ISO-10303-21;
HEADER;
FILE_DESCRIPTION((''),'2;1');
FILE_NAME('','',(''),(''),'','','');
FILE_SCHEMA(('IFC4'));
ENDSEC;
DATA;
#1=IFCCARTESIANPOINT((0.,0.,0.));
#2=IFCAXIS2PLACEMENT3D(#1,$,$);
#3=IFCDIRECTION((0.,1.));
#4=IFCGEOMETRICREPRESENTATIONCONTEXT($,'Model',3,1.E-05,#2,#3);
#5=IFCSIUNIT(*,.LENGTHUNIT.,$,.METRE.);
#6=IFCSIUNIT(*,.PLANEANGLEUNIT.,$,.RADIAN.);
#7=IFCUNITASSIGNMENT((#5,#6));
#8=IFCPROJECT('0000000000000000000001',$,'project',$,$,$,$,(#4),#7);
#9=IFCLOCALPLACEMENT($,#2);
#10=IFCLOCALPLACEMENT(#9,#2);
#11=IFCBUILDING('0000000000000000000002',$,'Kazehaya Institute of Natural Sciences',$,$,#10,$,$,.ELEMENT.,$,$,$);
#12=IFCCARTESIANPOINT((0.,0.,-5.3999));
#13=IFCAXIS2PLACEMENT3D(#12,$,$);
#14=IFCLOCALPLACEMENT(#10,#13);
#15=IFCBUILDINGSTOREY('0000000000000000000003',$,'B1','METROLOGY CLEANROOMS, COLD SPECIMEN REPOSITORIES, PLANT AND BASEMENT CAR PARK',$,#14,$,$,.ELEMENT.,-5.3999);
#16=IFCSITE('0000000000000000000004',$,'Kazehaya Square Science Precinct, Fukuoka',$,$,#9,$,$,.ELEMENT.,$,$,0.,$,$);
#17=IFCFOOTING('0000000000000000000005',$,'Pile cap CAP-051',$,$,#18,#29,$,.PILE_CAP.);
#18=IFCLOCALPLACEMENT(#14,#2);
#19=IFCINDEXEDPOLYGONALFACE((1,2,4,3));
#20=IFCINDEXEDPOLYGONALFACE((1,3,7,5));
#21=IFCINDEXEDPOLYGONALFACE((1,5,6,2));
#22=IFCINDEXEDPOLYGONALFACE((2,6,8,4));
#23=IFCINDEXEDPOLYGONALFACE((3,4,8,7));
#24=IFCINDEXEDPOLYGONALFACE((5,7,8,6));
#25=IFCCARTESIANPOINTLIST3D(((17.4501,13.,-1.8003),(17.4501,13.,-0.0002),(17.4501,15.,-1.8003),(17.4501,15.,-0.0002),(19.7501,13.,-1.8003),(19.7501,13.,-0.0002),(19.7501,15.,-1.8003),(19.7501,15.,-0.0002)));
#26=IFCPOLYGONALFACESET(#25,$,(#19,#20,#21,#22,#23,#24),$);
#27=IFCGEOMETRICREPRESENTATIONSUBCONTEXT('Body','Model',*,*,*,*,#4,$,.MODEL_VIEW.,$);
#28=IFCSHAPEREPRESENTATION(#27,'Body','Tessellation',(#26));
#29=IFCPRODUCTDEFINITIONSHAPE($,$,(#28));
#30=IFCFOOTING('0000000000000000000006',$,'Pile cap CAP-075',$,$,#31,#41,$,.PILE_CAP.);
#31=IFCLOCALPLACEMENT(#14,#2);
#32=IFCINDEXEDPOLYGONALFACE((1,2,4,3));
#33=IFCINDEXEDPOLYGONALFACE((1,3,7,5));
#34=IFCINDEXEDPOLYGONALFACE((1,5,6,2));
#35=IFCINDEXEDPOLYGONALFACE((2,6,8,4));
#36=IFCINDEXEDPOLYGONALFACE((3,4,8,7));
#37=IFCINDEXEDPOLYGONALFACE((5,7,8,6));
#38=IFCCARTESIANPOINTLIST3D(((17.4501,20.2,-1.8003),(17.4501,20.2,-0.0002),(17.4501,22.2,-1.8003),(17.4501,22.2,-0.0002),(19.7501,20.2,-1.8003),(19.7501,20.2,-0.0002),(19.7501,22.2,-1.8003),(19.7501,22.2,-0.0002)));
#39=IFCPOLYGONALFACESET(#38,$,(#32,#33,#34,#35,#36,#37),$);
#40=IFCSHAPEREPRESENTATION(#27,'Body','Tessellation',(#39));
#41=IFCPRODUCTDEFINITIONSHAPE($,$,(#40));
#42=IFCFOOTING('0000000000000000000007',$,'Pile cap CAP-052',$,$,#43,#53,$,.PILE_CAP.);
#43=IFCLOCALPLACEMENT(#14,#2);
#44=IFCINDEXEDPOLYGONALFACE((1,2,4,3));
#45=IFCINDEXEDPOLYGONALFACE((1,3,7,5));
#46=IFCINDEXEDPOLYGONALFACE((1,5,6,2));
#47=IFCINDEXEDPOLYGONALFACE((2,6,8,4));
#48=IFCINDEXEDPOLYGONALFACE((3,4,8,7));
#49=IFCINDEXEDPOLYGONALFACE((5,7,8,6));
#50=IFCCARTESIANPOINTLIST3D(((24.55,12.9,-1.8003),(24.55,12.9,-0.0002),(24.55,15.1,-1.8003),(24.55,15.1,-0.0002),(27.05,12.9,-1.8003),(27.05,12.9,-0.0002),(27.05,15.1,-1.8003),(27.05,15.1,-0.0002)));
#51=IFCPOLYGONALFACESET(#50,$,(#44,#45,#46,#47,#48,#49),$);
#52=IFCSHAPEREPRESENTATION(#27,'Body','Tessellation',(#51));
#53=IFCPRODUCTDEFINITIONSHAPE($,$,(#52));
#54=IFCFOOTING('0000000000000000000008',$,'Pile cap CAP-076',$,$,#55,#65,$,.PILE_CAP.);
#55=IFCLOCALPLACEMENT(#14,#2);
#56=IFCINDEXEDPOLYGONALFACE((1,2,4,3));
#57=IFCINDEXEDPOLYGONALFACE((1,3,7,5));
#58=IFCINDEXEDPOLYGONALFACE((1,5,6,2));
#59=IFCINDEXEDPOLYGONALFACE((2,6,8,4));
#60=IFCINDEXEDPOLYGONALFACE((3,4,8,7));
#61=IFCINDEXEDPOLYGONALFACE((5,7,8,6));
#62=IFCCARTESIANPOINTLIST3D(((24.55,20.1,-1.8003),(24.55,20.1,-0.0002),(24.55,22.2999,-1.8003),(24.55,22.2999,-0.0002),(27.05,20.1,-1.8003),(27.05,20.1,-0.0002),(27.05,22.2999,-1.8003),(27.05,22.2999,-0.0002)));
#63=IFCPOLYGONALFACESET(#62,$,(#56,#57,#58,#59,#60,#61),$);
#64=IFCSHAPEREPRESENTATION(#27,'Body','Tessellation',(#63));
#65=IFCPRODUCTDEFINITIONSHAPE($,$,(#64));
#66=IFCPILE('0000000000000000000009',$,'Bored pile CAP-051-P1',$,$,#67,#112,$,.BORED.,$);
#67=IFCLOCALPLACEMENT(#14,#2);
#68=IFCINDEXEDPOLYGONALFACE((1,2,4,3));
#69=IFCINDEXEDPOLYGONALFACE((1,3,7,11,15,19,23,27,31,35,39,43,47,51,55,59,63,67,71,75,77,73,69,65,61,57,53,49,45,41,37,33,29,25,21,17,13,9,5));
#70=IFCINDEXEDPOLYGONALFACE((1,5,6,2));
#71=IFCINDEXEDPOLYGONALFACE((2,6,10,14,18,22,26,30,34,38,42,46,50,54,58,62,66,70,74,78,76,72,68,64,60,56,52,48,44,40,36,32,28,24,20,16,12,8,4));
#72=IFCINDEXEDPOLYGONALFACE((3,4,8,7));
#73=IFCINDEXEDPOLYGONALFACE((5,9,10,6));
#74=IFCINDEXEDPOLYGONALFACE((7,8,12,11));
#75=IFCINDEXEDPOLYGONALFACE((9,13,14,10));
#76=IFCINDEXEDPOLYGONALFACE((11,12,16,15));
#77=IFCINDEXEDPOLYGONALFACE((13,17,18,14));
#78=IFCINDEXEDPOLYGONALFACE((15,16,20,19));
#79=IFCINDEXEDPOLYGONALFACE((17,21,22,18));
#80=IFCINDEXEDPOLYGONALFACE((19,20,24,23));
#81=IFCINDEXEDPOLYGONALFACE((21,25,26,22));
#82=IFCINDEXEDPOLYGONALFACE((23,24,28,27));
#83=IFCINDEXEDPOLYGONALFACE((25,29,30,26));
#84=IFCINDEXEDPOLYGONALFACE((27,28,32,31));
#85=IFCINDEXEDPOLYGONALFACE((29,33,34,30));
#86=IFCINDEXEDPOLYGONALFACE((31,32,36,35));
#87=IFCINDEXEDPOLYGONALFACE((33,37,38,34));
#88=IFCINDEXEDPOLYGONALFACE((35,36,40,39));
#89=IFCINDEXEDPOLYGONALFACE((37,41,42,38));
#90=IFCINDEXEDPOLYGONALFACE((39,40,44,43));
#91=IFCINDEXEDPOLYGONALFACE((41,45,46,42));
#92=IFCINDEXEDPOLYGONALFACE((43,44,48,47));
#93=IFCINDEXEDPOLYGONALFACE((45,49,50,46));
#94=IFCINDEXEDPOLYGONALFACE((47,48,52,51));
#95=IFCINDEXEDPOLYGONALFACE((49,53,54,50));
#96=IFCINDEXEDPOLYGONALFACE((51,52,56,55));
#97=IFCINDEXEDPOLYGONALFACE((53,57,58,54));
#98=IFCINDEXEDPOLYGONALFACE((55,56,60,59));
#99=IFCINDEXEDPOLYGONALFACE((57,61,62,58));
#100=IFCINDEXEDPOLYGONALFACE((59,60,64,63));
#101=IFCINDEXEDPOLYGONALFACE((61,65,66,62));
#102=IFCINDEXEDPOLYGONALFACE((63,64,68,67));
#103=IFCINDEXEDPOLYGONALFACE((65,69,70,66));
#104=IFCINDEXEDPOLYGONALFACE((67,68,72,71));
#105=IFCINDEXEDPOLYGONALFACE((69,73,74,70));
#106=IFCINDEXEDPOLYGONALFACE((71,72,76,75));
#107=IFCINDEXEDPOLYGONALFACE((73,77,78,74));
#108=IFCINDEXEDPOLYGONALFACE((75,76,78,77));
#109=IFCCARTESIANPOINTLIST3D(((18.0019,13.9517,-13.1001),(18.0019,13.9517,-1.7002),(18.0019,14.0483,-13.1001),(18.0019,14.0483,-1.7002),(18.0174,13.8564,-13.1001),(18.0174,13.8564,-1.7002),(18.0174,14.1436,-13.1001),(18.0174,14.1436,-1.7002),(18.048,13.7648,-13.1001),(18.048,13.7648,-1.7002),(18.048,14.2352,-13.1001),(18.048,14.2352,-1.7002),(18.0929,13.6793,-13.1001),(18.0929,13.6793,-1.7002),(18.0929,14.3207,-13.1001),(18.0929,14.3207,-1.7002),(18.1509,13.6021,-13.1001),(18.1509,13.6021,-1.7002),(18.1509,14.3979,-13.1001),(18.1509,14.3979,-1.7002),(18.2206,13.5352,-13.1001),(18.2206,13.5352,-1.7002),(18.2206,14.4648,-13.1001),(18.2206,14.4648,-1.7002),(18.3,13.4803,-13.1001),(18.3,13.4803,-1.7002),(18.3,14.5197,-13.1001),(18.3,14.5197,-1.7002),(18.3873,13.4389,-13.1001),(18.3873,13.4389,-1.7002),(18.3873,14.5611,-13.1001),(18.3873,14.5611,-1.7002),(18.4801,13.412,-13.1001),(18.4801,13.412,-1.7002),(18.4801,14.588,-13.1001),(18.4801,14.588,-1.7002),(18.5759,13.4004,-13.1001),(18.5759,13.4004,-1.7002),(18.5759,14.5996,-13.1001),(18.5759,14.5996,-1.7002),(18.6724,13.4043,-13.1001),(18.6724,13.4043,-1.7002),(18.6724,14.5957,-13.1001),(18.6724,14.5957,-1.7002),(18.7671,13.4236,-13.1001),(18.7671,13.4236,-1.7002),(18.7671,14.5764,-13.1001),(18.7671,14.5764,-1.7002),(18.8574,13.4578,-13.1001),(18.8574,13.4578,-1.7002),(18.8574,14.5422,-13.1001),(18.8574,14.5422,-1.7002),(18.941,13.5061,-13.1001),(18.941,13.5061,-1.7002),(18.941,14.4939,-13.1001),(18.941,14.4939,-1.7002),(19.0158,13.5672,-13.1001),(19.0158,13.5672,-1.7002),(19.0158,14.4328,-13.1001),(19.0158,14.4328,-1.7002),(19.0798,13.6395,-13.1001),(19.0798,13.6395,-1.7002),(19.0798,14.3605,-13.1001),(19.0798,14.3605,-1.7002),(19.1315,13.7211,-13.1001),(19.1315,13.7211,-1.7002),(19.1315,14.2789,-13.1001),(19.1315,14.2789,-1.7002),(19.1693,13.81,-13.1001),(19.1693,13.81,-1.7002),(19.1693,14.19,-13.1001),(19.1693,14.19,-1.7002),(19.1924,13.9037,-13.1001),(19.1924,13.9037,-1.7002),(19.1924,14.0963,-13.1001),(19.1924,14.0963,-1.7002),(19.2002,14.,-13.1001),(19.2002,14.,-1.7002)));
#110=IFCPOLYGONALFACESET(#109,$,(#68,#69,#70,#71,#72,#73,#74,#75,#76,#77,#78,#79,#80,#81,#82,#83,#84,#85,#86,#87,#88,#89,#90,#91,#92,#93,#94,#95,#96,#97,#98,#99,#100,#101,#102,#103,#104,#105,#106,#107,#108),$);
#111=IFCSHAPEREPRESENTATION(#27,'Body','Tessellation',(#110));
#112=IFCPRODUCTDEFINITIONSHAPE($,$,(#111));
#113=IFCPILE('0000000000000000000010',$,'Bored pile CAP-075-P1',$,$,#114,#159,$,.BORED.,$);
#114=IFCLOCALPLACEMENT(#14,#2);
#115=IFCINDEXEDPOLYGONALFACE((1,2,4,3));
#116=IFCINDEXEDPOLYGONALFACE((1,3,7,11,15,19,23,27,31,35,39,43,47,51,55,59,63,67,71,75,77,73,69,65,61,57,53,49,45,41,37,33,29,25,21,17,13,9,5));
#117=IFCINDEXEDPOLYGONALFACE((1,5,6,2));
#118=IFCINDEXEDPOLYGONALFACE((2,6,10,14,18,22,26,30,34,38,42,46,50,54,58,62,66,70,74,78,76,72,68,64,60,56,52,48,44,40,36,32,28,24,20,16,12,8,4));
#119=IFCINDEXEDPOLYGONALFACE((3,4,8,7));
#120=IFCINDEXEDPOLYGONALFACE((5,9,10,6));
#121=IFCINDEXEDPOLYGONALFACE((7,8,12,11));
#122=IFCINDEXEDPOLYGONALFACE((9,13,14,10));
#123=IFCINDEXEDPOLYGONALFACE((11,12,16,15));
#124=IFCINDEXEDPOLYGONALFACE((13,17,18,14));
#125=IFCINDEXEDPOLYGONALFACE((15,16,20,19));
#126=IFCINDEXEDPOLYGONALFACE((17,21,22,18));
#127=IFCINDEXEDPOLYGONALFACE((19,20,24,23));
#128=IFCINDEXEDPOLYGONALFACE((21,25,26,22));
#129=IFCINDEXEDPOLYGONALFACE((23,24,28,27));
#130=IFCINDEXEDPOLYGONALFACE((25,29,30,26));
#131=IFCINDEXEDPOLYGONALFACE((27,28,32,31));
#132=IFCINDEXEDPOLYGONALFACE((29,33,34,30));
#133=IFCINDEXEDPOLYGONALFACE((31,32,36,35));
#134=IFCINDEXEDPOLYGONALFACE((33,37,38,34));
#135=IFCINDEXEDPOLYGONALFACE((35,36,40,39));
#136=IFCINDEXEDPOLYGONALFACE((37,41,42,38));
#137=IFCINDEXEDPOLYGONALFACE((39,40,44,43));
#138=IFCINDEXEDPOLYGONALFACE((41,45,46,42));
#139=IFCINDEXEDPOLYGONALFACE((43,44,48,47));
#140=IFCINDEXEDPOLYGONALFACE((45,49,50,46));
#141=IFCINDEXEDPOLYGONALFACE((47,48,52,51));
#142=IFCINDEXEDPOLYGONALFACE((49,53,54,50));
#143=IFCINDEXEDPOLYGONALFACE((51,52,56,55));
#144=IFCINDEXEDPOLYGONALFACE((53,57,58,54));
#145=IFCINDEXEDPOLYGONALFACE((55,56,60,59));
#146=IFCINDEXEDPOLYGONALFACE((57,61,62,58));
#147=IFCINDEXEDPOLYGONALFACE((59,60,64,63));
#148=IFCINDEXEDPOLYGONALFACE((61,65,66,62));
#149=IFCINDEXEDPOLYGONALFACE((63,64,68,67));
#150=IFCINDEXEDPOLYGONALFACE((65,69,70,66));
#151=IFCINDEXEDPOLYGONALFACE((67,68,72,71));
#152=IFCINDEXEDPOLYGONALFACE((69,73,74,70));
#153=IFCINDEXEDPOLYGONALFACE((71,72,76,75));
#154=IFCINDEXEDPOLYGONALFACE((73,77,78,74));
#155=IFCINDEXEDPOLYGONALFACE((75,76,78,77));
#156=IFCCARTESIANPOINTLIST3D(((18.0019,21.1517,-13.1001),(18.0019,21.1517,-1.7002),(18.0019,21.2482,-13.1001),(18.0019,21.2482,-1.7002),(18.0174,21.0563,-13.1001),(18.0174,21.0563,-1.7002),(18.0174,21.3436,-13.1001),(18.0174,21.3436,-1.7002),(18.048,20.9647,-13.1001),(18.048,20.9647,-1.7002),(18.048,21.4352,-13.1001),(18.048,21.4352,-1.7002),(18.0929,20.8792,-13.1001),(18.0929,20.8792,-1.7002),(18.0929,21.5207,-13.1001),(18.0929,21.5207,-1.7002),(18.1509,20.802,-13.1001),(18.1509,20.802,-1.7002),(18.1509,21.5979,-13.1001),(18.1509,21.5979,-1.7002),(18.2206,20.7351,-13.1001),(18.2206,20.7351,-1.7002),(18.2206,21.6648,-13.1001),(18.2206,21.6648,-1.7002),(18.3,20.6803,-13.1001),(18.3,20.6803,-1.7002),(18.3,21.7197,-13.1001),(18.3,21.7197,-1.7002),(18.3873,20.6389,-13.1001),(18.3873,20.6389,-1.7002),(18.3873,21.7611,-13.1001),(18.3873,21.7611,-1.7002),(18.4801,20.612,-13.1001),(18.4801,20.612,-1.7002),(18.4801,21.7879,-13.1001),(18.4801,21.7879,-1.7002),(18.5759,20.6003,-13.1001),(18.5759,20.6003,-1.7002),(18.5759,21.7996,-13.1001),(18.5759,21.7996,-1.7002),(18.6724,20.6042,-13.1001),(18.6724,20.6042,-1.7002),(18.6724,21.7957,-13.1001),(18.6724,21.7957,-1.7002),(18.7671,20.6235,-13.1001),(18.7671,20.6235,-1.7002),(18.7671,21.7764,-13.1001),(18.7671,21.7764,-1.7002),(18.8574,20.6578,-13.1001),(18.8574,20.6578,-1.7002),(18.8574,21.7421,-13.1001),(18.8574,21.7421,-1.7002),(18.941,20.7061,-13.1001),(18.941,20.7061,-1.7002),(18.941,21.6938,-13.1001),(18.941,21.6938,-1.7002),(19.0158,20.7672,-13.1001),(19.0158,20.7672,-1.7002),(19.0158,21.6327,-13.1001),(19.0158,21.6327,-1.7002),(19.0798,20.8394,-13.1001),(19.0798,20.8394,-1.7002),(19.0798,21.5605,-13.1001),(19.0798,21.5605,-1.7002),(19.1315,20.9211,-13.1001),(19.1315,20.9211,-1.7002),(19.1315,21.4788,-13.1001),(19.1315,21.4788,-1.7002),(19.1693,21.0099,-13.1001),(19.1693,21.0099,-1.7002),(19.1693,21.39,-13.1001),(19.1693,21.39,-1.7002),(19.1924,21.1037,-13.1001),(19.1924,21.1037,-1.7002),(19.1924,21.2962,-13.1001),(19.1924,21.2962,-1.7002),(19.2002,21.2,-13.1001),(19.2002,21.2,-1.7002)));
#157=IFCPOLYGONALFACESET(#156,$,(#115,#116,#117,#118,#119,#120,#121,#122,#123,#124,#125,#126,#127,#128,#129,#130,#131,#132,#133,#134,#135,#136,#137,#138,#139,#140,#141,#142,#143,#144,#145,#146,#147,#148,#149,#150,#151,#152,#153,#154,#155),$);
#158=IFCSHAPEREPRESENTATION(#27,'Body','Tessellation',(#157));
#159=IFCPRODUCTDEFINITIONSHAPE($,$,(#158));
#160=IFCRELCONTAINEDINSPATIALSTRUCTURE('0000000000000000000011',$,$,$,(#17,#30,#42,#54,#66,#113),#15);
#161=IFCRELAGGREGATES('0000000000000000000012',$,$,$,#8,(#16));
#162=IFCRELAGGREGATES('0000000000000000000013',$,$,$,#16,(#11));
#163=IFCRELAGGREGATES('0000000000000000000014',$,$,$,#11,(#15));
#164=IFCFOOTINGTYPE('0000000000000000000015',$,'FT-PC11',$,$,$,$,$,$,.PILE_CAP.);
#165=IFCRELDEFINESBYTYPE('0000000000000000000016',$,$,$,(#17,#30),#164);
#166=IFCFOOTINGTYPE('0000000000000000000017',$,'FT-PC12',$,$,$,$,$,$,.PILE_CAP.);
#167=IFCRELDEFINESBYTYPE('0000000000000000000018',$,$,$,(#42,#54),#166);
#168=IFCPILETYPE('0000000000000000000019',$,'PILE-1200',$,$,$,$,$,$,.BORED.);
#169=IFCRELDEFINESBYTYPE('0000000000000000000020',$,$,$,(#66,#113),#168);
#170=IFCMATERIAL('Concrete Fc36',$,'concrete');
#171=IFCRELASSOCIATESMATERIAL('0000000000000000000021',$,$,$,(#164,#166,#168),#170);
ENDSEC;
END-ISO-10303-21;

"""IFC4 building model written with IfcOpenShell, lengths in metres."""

from ifc_helpers import new_model, si_unit, direction, frame, origin, origin_2d, place, context, subcontext, project, spatial, rectangle, circle, extrude, material, material_profile, profile_set, type_object, element, save


model = new_model("IFC4")

# Units and contexts
model_context = context("Model", 3, precision=1e-05, world=origin(), true_north=direction((0.0, 1.0)))
body_context = subcontext(model_context, "Body", "Model", "MODEL_VIEW")
ifc_project = project(units=[si_unit("LENGTHUNIT", "METRE"), si_unit("PLANEANGLEUNIT", "RADIAN")], contexts=[model_context])

# Site, building, storey
site_placement = place(None, origin())
site = spatial("IfcSite", under=ifc_project, at=site_placement, Name="Kazehaya Square Science Precinct, Fukuoka", CompositionType="ELEMENT", RefElevation=0.0)
building_placement = place(site_placement, origin())
building = spatial("IfcBuilding", under=site, at=building_placement, Name="Kazehaya Institute of Natural Sciences", CompositionType="ELEMENT")
storey_placement = place(building_placement, frame((0.0, 0.0, -5.3999)))
storey = spatial("IfcBuildingStorey", under=building, at=storey_placement, Name="B1", Description="METROLOGY CLEANROOMS, COLD SPECIMEN REPOSITORIES, PLANT AND BASEMENT CAR PARK", CompositionType="ELEMENT", Elevation=-5.3999)

# Footings
ifc_material_1 = material(Name="Concrete Fc36", Category="concrete")
footing_type_1 = type_object("IfcFootingType", Name="FT-PC11", PredefinedType="PILE_CAP", material=ifc_material_1)
for number, where, z_axis, x_axis, name in (
    (1, (18.6001, 14.0, -1.8003), (0.0, 0.0, 1.0), (1.0, 0.0, 0.0), "Pile cap CAP-051"),
    (2, (18.6001, 21.2, -1.8003), (0.0, 0.0, 1.0), (1.0, 0.0, 0.0), "Pile cap CAP-075"),
):
    element("IfcFooting", number, at=place(storey_placement, frame(where, z_axis=z_axis, x_axis=x_axis)), inside=storey, type_object=footing_type_1, Name=name, PredefinedType="PILE_CAP", context=body_context, shape_type="SweptSolid", body=[
        extrude(rectangle(XDim=2.3, YDim=2.0, at=origin_2d()), origin(), (0.0, 0.0, 1.0), 1.8),
    ])
footing_type_2 = type_object("IfcFootingType", Name="FT-PC12", PredefinedType="PILE_CAP", material=ifc_material_1)
for number, where, z_axis, x_axis, name in (
    (3, (25.8, 14.0, -1.8003), (0.0, 0.0, 1.0), (1.0, 0.0, 0.0), "Pile cap CAP-052"),
    (4, (25.8, 21.2, -1.8003), (0.0, 0.0, 1.0), (1.0, 0.0, 0.0), "Pile cap CAP-076"),
):
    element("IfcFooting", number, at=place(storey_placement, frame(where, z_axis=z_axis, x_axis=x_axis)), inside=storey, type_object=footing_type_2, Name=name, PredefinedType="PILE_CAP", context=body_context, shape_type="SweptSolid", body=[
        extrude(rectangle(XDim=2.5, YDim=2.2, at=origin_2d()), origin(), (0.0, 0.0, 1.0), 1.8),
    ])

# Piles
ifc_material_profile_1 = material_profile(ifc_material_1, circle(Radius=0.6001, at=origin_2d()), Name="PILE-1200")
ifc_profile_set_1 = profile_set([ifc_material_profile_1], Name="Concrete Fc36")
pile_type_1 = type_object("IfcPileType", Name="PILE-1200", PredefinedType="BORED", material=ifc_profile_set_1)
for number, where, z_axis, x_axis, name in (
    (5, (18.6001, 14.0, -1.7002), (0.0, 0.0, -1.0), (1.0, 0.0, 0.0), "Bored pile CAP-051-P1"),
    (6, (18.6001, 21.2, -1.7002), (0.0, 0.0, -1.0), (1.0, 0.0, 0.0), "Bored pile CAP-075-P1"),
):
    element("IfcPile", number, at=place(storey_placement, frame(where, z_axis=z_axis, x_axis=x_axis)), inside=storey, type_object=pile_type_1, Name=name, PredefinedType="BORED", context=body_context, shape_type="SweptSolid", body=[
        extrude(circle(Radius=0.6001, at=origin_2d()), origin(), (0.0, 0.0, 1.0), 11.3999),
    ])

save(model, "model.ifc")
